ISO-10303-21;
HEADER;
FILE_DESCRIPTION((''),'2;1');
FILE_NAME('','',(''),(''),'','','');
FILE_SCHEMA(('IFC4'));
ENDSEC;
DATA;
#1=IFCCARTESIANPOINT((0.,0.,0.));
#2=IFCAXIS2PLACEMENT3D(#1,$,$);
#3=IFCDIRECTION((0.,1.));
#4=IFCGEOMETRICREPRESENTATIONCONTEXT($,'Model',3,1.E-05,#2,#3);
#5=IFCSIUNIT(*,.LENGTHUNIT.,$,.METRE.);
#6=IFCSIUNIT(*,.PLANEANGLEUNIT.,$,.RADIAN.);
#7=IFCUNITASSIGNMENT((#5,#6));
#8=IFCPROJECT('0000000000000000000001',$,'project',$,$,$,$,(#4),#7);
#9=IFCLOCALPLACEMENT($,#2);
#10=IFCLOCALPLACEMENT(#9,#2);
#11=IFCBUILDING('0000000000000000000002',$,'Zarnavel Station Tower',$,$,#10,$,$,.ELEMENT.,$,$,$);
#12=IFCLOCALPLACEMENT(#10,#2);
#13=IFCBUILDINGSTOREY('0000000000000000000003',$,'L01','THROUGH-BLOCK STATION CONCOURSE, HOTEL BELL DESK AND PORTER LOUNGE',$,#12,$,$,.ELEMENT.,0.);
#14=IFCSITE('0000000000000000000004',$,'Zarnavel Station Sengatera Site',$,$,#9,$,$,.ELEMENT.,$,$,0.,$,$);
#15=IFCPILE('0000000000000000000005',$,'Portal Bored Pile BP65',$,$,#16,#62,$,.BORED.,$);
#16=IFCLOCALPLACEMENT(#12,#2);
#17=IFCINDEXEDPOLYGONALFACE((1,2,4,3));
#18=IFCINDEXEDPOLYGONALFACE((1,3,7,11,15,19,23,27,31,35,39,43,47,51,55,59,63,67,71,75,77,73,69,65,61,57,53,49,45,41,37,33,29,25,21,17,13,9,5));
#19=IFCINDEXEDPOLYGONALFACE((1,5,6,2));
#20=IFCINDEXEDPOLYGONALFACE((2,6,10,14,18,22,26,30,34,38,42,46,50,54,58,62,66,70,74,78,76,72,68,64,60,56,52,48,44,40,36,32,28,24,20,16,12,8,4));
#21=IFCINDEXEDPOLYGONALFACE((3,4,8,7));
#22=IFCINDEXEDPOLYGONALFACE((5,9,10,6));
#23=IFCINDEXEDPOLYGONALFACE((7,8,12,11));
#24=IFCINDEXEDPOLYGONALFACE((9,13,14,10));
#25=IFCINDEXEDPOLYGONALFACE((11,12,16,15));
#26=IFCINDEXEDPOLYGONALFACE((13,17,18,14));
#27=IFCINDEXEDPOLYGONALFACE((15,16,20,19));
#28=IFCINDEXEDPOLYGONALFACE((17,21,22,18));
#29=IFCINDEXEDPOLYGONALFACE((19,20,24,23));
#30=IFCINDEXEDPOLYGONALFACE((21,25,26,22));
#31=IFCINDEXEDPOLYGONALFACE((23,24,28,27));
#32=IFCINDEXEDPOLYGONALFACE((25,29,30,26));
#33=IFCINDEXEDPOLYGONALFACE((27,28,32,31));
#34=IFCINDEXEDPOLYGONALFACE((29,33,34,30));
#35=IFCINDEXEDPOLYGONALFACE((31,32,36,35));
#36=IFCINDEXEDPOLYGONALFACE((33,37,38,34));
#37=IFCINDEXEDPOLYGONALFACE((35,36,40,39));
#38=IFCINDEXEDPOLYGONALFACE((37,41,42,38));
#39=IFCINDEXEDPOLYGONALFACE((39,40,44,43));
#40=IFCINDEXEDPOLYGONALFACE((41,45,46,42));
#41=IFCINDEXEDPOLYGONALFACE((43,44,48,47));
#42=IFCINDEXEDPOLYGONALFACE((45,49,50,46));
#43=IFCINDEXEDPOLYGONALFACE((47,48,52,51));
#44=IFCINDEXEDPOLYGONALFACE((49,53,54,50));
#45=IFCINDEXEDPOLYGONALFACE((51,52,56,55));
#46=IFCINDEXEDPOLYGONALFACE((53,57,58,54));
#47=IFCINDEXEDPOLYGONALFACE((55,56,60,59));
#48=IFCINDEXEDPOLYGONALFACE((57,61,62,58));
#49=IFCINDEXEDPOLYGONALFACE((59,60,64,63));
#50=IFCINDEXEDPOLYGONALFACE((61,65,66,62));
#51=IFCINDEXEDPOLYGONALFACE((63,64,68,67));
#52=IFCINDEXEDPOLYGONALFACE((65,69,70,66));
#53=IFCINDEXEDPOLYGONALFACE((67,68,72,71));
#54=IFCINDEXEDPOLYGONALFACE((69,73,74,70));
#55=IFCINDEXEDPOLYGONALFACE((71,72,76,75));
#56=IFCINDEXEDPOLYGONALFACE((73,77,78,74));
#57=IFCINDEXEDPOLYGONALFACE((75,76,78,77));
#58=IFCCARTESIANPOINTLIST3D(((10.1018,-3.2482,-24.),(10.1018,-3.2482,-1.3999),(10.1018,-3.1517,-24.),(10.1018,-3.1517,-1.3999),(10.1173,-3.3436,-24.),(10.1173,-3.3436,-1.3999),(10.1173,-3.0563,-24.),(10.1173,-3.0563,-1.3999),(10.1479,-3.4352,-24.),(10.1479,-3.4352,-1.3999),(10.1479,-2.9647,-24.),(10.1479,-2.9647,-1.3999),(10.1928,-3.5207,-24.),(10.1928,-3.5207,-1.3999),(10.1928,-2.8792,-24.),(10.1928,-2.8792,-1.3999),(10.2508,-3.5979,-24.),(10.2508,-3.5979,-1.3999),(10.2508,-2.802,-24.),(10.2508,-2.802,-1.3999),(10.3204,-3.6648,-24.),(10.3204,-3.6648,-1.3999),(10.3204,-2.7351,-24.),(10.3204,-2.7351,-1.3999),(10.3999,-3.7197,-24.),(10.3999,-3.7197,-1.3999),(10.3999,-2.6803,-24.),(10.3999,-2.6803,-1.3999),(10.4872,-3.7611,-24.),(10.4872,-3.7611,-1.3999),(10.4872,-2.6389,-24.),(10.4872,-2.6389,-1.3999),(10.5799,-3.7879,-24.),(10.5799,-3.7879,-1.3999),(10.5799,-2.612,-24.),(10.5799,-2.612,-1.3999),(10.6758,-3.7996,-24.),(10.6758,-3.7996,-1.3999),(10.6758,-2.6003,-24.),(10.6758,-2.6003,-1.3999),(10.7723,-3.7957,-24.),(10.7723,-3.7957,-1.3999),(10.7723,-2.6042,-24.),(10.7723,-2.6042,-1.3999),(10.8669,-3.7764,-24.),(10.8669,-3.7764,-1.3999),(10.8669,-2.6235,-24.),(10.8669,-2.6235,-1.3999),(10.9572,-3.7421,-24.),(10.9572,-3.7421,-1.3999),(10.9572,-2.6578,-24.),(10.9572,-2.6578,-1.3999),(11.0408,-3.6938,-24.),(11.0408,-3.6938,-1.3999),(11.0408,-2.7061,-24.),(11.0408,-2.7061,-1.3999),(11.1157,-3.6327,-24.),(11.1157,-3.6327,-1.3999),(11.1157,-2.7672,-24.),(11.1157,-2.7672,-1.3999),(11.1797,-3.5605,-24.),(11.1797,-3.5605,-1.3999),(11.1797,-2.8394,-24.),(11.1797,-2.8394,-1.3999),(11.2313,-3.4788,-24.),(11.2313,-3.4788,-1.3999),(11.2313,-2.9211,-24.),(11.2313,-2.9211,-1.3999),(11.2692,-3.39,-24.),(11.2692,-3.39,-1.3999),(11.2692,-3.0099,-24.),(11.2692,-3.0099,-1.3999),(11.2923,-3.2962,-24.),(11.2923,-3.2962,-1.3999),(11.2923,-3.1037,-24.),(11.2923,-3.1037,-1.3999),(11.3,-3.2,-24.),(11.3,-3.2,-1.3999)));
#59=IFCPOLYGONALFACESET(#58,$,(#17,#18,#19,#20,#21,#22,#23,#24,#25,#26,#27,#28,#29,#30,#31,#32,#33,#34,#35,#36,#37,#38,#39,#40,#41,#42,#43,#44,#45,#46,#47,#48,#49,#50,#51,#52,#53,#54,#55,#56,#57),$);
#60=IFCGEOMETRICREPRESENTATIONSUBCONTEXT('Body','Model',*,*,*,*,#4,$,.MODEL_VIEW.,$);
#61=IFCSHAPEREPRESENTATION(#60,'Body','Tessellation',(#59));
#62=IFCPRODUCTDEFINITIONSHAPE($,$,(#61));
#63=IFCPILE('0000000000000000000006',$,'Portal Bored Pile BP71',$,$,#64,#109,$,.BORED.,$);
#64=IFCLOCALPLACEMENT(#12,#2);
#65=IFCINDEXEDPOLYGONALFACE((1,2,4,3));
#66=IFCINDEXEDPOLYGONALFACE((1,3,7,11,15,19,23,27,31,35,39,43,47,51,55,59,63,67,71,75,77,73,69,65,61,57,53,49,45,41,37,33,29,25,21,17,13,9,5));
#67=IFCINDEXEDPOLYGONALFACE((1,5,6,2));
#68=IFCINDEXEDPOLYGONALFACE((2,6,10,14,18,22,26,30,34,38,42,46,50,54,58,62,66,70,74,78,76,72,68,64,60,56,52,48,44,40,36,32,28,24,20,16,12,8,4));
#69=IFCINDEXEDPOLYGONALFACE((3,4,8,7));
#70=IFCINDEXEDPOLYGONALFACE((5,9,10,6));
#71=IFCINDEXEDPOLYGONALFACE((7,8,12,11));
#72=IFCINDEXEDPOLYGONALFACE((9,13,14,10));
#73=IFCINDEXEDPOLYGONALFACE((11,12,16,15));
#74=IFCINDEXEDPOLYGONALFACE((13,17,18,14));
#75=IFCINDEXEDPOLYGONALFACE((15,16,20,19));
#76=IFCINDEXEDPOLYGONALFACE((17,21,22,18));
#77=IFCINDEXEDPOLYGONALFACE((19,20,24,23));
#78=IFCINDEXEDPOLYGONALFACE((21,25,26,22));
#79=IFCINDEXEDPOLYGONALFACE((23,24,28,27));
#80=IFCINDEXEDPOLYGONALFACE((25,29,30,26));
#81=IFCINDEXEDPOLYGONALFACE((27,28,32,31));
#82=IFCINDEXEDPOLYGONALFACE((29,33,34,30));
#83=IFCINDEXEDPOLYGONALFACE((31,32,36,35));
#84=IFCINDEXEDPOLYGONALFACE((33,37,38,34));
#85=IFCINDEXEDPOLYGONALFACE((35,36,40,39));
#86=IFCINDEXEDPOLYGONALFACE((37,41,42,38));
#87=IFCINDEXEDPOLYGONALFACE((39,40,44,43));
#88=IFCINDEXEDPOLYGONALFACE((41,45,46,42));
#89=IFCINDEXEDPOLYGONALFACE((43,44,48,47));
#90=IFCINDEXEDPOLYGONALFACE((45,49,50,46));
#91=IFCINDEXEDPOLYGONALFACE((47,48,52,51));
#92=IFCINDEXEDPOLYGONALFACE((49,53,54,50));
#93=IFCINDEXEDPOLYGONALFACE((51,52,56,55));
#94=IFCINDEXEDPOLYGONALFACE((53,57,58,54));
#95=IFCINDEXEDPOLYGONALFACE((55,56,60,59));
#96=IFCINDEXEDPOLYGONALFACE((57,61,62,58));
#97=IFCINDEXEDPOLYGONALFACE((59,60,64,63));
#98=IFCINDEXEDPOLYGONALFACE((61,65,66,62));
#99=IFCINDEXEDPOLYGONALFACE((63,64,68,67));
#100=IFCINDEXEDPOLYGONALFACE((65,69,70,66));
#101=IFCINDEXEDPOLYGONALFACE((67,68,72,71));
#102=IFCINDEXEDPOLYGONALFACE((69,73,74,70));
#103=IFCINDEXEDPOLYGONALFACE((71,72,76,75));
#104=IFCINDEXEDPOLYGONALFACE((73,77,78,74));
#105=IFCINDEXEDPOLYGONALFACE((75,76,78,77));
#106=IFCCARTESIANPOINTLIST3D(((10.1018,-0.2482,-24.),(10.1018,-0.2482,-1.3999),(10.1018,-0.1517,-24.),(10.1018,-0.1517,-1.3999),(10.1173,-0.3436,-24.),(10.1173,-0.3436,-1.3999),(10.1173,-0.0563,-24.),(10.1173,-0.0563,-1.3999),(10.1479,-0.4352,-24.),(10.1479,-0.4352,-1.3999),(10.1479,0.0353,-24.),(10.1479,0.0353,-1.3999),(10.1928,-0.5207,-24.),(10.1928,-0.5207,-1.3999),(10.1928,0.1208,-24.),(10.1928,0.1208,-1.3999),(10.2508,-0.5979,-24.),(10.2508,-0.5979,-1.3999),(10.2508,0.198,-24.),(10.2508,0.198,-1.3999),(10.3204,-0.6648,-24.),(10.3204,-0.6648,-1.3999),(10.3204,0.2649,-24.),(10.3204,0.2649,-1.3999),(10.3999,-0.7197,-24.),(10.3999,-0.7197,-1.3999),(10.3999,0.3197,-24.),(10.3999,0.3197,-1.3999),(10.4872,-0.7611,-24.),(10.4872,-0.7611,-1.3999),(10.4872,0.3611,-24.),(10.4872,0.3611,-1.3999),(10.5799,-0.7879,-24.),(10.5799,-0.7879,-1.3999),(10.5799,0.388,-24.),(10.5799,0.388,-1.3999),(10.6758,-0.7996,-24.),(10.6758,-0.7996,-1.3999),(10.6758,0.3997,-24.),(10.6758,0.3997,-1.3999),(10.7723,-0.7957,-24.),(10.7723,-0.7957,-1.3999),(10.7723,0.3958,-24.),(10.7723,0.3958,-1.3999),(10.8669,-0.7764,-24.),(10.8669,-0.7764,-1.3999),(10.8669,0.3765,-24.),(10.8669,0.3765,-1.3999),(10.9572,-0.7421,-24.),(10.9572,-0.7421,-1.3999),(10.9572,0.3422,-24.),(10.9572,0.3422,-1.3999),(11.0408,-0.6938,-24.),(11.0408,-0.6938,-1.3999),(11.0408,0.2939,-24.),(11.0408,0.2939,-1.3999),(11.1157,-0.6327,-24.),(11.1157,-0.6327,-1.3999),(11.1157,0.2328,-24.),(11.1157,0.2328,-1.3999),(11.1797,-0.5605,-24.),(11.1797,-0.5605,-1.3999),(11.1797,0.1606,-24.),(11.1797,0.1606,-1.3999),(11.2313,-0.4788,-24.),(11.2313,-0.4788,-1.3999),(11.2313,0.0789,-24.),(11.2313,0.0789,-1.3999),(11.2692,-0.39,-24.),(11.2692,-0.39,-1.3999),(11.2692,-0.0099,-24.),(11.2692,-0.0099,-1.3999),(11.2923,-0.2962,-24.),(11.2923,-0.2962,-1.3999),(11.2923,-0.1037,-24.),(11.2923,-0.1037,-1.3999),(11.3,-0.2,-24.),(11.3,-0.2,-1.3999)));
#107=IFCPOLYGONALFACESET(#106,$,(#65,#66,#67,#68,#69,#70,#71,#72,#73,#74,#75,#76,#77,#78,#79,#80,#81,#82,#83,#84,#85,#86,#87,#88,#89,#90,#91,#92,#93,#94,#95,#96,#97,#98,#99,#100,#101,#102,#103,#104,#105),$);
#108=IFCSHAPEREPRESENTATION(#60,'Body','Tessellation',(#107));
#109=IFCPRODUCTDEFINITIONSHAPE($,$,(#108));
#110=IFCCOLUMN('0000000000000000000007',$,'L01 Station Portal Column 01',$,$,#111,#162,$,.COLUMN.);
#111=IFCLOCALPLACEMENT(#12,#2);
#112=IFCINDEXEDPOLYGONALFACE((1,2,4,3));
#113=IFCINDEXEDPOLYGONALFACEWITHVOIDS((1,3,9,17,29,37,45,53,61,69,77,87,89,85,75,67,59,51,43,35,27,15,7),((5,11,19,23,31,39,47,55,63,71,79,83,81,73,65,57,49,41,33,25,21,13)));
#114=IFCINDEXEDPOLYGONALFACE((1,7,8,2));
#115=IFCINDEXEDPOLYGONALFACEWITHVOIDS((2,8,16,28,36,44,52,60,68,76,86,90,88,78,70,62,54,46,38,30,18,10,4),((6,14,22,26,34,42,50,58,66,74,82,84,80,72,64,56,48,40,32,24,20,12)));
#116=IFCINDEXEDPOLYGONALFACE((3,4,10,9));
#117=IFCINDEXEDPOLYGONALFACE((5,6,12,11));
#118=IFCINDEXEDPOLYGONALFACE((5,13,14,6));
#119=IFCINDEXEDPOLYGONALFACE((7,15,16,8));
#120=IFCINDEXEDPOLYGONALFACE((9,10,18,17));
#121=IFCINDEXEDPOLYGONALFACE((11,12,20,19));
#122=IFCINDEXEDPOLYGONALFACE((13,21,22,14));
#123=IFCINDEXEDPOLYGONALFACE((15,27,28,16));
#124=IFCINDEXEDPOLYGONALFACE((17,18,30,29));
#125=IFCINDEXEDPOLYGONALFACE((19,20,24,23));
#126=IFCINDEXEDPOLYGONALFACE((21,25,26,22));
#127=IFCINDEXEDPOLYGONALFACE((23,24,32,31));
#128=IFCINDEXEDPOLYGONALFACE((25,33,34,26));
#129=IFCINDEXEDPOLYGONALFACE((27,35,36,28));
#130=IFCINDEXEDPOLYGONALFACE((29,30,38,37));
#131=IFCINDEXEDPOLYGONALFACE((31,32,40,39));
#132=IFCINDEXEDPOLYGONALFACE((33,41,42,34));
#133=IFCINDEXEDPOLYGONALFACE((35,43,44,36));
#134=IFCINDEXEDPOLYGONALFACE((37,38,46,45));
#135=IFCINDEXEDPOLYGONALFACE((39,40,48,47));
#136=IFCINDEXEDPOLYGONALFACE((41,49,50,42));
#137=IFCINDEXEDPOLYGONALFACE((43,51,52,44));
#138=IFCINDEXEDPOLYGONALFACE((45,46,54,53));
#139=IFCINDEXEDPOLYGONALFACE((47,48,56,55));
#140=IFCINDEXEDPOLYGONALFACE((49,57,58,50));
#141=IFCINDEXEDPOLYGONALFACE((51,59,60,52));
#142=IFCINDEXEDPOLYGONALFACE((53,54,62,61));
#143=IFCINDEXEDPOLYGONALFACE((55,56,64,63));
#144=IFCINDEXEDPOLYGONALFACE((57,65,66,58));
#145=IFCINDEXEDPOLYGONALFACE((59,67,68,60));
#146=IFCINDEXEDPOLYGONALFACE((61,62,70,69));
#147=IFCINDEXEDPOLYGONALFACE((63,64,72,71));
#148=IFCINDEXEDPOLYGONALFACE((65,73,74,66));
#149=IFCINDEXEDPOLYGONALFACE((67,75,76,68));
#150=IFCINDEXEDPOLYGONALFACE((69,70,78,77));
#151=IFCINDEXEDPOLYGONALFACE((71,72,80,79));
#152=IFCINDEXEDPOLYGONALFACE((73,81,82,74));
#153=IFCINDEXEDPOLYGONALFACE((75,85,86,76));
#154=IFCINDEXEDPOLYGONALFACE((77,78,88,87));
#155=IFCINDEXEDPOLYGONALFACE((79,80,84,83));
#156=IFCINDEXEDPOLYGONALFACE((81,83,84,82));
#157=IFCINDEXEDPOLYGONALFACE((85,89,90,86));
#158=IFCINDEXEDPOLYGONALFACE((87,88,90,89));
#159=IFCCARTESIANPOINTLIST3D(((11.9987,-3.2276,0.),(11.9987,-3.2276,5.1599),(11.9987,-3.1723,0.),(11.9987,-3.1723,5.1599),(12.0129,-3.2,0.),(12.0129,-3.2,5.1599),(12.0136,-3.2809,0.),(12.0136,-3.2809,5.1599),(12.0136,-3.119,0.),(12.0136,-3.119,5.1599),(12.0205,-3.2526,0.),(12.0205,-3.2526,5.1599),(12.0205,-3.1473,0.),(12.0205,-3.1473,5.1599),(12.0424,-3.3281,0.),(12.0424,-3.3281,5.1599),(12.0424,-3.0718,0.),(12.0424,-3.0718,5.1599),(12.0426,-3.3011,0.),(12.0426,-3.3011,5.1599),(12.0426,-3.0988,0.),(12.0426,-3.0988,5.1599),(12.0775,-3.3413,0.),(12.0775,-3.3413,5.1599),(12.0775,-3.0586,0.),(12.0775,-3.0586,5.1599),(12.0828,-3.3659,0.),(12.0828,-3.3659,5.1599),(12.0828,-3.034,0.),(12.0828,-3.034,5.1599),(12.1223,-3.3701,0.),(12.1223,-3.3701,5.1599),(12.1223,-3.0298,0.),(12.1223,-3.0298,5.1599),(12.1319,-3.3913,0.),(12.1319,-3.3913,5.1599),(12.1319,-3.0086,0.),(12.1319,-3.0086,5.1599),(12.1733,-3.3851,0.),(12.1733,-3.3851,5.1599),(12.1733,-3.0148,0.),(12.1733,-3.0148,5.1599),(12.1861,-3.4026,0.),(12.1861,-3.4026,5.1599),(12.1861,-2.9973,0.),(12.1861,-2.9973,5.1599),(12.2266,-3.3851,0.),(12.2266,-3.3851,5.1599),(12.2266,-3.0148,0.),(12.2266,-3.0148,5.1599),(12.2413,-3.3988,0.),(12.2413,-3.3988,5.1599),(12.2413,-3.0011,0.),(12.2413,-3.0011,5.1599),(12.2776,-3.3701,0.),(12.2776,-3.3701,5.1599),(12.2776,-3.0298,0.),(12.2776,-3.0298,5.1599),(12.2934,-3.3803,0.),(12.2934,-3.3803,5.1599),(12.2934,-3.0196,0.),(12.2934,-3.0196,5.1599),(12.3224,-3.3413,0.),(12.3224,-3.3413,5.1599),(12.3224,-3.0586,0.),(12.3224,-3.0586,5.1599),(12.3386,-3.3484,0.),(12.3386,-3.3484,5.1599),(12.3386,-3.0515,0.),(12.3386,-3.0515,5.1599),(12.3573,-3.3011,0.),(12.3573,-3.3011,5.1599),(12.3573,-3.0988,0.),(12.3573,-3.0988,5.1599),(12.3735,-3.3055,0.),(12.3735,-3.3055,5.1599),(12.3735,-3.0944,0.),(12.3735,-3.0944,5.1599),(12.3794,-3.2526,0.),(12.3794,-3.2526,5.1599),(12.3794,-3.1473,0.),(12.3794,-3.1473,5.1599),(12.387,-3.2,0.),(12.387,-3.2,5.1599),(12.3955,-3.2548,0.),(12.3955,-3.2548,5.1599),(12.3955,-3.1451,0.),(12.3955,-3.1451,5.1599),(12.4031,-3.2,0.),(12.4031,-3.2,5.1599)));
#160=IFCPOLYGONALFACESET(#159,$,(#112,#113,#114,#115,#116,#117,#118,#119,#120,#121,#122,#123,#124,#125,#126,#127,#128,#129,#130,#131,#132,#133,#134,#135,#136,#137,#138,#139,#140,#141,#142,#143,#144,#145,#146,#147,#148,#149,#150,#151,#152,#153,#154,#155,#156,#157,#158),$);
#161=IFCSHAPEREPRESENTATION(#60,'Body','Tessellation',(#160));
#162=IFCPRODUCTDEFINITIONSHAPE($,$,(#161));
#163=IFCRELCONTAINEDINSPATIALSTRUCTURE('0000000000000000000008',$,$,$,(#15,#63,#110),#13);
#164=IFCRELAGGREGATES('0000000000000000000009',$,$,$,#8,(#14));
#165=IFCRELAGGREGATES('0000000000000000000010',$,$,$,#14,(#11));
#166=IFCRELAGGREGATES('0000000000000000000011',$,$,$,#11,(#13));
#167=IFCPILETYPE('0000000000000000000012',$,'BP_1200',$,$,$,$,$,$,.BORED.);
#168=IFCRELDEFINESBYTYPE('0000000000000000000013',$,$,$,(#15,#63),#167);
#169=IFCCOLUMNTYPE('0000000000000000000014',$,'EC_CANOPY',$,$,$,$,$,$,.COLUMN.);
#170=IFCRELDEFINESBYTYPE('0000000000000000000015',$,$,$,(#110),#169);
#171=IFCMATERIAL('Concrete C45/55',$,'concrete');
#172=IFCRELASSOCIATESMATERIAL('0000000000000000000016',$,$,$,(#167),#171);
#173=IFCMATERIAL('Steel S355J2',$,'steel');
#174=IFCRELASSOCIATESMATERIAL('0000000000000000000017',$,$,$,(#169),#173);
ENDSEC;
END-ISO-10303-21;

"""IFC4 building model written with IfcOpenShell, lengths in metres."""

from ifc_helpers import new_model, si_unit, direction, frame, origin, origin_2d, place, context, subcontext, project, spatial, circle, hollow_circle, extrude, material, material_profile, profile_set, type_object, element, save


model = new_model("IFC4")

# Units and contexts
model_context = context("Model", 3, precision=1e-05, world=origin(), true_north=direction((0.0, 1.0)))
body_context = subcontext(model_context, "Body", "Model", "MODEL_VIEW")
ifc_project = project(units=[si_unit("LENGTHUNIT", "METRE"), si_unit("PLANEANGLEUNIT", "RADIAN")], contexts=[model_context])

# Site, building, storey
site_placement = place(None, origin())
site = spatial("IfcSite", under=ifc_project, at=site_placement, Name="Zarnavel Station Sengatera Site", CompositionType="ELEMENT", RefElevation=0.0)
building_placement = place(site_placement, origin())
building = spatial("IfcBuilding", under=site, at=building_placement, Name="Zarnavel Station Tower", CompositionType="ELEMENT")
storey_placement = place(building_placement, origin())
storey = spatial("IfcBuildingStorey", under=building, at=storey_placement, Name="L01", Description="THROUGH-BLOCK STATION CONCOURSE, HOTEL BELL DESK AND PORTER LOUNGE", CompositionType="ELEMENT", Elevation=0.0)

# Piles
ifc_material_1 = material(Name="Concrete C45/55", Category="concrete")
ifc_material_profile_1 = material_profile(ifc_material_1, circle(Radius=0.6001, at=origin_2d()), Name="RCCOL1200")
ifc_profile_set_1 = profile_set([ifc_material_profile_1], Name="Concrete C45/55")
pile_type = type_object("IfcPileType", Name="BP_1200", PredefinedType="BORED", material=ifc_profile_set_1)
for number, where, z_axis, x_axis, name in (
    (1, (10.7, -3.2, -1.3999), (0.0, 0.0, -1.0), (1.0, 0.0, 0.0), "Portal Bored Pile BP65"),
    (2, (10.7, -0.2, -1.3999), (0.0, 0.0, -1.0), (1.0, 0.0, 0.0), "Portal Bored Pile BP71"),
):
    element("IfcPile", number, at=place(storey_placement, frame(where, z_axis=z_axis, x_axis=x_axis)), inside=storey, type_object=pile_type, Name=name, PredefinedType="BORED", context=body_context, shape_type="SweptSolid", body=[
        extrude(circle(Radius=0.6001, at=origin_2d()), origin(), (0.0, 0.0, 1.0), 22.6001),
    ])

# Column
ifc_material_2 = material(Name="Steel S355J2", Category="steel")
ifc_material_profile_2 = material_profile(ifc_material_2, hollow_circle(Radius=0.2031, WallThickness=0.0161, at=origin_2d()), Name="CHS406.4x16")
ifc_profile_set_2 = profile_set([ifc_material_profile_2], Name="Steel S355J2")
column_type_1 = type_object("IfcColumnType", Name="EC_CANOPY", PredefinedType="COLUMN", material=ifc_profile_set_2)
for number, where, z_axis, x_axis, name in (
    (3, (12.2, -3.2, 0.0), (0.0, 0.0, 1.0), (1.0, 0.0, 0.0), "L01 Station Portal Column 01"),
):
    element("IfcColumn", number, at=place(storey_placement, frame(where, z_axis=z_axis, x_axis=x_axis)), inside=storey, type_object=column_type_1, Name=name, PredefinedType="COLUMN", context=body_context, shape_type="SweptSolid", body=[
        extrude(hollow_circle(Radius=0.2031, WallThickness=0.0161, at=origin_2d()), origin(), (0.0, 0.0, 1.0), 5.1599),
    ])

save(model, "model.ifc")
